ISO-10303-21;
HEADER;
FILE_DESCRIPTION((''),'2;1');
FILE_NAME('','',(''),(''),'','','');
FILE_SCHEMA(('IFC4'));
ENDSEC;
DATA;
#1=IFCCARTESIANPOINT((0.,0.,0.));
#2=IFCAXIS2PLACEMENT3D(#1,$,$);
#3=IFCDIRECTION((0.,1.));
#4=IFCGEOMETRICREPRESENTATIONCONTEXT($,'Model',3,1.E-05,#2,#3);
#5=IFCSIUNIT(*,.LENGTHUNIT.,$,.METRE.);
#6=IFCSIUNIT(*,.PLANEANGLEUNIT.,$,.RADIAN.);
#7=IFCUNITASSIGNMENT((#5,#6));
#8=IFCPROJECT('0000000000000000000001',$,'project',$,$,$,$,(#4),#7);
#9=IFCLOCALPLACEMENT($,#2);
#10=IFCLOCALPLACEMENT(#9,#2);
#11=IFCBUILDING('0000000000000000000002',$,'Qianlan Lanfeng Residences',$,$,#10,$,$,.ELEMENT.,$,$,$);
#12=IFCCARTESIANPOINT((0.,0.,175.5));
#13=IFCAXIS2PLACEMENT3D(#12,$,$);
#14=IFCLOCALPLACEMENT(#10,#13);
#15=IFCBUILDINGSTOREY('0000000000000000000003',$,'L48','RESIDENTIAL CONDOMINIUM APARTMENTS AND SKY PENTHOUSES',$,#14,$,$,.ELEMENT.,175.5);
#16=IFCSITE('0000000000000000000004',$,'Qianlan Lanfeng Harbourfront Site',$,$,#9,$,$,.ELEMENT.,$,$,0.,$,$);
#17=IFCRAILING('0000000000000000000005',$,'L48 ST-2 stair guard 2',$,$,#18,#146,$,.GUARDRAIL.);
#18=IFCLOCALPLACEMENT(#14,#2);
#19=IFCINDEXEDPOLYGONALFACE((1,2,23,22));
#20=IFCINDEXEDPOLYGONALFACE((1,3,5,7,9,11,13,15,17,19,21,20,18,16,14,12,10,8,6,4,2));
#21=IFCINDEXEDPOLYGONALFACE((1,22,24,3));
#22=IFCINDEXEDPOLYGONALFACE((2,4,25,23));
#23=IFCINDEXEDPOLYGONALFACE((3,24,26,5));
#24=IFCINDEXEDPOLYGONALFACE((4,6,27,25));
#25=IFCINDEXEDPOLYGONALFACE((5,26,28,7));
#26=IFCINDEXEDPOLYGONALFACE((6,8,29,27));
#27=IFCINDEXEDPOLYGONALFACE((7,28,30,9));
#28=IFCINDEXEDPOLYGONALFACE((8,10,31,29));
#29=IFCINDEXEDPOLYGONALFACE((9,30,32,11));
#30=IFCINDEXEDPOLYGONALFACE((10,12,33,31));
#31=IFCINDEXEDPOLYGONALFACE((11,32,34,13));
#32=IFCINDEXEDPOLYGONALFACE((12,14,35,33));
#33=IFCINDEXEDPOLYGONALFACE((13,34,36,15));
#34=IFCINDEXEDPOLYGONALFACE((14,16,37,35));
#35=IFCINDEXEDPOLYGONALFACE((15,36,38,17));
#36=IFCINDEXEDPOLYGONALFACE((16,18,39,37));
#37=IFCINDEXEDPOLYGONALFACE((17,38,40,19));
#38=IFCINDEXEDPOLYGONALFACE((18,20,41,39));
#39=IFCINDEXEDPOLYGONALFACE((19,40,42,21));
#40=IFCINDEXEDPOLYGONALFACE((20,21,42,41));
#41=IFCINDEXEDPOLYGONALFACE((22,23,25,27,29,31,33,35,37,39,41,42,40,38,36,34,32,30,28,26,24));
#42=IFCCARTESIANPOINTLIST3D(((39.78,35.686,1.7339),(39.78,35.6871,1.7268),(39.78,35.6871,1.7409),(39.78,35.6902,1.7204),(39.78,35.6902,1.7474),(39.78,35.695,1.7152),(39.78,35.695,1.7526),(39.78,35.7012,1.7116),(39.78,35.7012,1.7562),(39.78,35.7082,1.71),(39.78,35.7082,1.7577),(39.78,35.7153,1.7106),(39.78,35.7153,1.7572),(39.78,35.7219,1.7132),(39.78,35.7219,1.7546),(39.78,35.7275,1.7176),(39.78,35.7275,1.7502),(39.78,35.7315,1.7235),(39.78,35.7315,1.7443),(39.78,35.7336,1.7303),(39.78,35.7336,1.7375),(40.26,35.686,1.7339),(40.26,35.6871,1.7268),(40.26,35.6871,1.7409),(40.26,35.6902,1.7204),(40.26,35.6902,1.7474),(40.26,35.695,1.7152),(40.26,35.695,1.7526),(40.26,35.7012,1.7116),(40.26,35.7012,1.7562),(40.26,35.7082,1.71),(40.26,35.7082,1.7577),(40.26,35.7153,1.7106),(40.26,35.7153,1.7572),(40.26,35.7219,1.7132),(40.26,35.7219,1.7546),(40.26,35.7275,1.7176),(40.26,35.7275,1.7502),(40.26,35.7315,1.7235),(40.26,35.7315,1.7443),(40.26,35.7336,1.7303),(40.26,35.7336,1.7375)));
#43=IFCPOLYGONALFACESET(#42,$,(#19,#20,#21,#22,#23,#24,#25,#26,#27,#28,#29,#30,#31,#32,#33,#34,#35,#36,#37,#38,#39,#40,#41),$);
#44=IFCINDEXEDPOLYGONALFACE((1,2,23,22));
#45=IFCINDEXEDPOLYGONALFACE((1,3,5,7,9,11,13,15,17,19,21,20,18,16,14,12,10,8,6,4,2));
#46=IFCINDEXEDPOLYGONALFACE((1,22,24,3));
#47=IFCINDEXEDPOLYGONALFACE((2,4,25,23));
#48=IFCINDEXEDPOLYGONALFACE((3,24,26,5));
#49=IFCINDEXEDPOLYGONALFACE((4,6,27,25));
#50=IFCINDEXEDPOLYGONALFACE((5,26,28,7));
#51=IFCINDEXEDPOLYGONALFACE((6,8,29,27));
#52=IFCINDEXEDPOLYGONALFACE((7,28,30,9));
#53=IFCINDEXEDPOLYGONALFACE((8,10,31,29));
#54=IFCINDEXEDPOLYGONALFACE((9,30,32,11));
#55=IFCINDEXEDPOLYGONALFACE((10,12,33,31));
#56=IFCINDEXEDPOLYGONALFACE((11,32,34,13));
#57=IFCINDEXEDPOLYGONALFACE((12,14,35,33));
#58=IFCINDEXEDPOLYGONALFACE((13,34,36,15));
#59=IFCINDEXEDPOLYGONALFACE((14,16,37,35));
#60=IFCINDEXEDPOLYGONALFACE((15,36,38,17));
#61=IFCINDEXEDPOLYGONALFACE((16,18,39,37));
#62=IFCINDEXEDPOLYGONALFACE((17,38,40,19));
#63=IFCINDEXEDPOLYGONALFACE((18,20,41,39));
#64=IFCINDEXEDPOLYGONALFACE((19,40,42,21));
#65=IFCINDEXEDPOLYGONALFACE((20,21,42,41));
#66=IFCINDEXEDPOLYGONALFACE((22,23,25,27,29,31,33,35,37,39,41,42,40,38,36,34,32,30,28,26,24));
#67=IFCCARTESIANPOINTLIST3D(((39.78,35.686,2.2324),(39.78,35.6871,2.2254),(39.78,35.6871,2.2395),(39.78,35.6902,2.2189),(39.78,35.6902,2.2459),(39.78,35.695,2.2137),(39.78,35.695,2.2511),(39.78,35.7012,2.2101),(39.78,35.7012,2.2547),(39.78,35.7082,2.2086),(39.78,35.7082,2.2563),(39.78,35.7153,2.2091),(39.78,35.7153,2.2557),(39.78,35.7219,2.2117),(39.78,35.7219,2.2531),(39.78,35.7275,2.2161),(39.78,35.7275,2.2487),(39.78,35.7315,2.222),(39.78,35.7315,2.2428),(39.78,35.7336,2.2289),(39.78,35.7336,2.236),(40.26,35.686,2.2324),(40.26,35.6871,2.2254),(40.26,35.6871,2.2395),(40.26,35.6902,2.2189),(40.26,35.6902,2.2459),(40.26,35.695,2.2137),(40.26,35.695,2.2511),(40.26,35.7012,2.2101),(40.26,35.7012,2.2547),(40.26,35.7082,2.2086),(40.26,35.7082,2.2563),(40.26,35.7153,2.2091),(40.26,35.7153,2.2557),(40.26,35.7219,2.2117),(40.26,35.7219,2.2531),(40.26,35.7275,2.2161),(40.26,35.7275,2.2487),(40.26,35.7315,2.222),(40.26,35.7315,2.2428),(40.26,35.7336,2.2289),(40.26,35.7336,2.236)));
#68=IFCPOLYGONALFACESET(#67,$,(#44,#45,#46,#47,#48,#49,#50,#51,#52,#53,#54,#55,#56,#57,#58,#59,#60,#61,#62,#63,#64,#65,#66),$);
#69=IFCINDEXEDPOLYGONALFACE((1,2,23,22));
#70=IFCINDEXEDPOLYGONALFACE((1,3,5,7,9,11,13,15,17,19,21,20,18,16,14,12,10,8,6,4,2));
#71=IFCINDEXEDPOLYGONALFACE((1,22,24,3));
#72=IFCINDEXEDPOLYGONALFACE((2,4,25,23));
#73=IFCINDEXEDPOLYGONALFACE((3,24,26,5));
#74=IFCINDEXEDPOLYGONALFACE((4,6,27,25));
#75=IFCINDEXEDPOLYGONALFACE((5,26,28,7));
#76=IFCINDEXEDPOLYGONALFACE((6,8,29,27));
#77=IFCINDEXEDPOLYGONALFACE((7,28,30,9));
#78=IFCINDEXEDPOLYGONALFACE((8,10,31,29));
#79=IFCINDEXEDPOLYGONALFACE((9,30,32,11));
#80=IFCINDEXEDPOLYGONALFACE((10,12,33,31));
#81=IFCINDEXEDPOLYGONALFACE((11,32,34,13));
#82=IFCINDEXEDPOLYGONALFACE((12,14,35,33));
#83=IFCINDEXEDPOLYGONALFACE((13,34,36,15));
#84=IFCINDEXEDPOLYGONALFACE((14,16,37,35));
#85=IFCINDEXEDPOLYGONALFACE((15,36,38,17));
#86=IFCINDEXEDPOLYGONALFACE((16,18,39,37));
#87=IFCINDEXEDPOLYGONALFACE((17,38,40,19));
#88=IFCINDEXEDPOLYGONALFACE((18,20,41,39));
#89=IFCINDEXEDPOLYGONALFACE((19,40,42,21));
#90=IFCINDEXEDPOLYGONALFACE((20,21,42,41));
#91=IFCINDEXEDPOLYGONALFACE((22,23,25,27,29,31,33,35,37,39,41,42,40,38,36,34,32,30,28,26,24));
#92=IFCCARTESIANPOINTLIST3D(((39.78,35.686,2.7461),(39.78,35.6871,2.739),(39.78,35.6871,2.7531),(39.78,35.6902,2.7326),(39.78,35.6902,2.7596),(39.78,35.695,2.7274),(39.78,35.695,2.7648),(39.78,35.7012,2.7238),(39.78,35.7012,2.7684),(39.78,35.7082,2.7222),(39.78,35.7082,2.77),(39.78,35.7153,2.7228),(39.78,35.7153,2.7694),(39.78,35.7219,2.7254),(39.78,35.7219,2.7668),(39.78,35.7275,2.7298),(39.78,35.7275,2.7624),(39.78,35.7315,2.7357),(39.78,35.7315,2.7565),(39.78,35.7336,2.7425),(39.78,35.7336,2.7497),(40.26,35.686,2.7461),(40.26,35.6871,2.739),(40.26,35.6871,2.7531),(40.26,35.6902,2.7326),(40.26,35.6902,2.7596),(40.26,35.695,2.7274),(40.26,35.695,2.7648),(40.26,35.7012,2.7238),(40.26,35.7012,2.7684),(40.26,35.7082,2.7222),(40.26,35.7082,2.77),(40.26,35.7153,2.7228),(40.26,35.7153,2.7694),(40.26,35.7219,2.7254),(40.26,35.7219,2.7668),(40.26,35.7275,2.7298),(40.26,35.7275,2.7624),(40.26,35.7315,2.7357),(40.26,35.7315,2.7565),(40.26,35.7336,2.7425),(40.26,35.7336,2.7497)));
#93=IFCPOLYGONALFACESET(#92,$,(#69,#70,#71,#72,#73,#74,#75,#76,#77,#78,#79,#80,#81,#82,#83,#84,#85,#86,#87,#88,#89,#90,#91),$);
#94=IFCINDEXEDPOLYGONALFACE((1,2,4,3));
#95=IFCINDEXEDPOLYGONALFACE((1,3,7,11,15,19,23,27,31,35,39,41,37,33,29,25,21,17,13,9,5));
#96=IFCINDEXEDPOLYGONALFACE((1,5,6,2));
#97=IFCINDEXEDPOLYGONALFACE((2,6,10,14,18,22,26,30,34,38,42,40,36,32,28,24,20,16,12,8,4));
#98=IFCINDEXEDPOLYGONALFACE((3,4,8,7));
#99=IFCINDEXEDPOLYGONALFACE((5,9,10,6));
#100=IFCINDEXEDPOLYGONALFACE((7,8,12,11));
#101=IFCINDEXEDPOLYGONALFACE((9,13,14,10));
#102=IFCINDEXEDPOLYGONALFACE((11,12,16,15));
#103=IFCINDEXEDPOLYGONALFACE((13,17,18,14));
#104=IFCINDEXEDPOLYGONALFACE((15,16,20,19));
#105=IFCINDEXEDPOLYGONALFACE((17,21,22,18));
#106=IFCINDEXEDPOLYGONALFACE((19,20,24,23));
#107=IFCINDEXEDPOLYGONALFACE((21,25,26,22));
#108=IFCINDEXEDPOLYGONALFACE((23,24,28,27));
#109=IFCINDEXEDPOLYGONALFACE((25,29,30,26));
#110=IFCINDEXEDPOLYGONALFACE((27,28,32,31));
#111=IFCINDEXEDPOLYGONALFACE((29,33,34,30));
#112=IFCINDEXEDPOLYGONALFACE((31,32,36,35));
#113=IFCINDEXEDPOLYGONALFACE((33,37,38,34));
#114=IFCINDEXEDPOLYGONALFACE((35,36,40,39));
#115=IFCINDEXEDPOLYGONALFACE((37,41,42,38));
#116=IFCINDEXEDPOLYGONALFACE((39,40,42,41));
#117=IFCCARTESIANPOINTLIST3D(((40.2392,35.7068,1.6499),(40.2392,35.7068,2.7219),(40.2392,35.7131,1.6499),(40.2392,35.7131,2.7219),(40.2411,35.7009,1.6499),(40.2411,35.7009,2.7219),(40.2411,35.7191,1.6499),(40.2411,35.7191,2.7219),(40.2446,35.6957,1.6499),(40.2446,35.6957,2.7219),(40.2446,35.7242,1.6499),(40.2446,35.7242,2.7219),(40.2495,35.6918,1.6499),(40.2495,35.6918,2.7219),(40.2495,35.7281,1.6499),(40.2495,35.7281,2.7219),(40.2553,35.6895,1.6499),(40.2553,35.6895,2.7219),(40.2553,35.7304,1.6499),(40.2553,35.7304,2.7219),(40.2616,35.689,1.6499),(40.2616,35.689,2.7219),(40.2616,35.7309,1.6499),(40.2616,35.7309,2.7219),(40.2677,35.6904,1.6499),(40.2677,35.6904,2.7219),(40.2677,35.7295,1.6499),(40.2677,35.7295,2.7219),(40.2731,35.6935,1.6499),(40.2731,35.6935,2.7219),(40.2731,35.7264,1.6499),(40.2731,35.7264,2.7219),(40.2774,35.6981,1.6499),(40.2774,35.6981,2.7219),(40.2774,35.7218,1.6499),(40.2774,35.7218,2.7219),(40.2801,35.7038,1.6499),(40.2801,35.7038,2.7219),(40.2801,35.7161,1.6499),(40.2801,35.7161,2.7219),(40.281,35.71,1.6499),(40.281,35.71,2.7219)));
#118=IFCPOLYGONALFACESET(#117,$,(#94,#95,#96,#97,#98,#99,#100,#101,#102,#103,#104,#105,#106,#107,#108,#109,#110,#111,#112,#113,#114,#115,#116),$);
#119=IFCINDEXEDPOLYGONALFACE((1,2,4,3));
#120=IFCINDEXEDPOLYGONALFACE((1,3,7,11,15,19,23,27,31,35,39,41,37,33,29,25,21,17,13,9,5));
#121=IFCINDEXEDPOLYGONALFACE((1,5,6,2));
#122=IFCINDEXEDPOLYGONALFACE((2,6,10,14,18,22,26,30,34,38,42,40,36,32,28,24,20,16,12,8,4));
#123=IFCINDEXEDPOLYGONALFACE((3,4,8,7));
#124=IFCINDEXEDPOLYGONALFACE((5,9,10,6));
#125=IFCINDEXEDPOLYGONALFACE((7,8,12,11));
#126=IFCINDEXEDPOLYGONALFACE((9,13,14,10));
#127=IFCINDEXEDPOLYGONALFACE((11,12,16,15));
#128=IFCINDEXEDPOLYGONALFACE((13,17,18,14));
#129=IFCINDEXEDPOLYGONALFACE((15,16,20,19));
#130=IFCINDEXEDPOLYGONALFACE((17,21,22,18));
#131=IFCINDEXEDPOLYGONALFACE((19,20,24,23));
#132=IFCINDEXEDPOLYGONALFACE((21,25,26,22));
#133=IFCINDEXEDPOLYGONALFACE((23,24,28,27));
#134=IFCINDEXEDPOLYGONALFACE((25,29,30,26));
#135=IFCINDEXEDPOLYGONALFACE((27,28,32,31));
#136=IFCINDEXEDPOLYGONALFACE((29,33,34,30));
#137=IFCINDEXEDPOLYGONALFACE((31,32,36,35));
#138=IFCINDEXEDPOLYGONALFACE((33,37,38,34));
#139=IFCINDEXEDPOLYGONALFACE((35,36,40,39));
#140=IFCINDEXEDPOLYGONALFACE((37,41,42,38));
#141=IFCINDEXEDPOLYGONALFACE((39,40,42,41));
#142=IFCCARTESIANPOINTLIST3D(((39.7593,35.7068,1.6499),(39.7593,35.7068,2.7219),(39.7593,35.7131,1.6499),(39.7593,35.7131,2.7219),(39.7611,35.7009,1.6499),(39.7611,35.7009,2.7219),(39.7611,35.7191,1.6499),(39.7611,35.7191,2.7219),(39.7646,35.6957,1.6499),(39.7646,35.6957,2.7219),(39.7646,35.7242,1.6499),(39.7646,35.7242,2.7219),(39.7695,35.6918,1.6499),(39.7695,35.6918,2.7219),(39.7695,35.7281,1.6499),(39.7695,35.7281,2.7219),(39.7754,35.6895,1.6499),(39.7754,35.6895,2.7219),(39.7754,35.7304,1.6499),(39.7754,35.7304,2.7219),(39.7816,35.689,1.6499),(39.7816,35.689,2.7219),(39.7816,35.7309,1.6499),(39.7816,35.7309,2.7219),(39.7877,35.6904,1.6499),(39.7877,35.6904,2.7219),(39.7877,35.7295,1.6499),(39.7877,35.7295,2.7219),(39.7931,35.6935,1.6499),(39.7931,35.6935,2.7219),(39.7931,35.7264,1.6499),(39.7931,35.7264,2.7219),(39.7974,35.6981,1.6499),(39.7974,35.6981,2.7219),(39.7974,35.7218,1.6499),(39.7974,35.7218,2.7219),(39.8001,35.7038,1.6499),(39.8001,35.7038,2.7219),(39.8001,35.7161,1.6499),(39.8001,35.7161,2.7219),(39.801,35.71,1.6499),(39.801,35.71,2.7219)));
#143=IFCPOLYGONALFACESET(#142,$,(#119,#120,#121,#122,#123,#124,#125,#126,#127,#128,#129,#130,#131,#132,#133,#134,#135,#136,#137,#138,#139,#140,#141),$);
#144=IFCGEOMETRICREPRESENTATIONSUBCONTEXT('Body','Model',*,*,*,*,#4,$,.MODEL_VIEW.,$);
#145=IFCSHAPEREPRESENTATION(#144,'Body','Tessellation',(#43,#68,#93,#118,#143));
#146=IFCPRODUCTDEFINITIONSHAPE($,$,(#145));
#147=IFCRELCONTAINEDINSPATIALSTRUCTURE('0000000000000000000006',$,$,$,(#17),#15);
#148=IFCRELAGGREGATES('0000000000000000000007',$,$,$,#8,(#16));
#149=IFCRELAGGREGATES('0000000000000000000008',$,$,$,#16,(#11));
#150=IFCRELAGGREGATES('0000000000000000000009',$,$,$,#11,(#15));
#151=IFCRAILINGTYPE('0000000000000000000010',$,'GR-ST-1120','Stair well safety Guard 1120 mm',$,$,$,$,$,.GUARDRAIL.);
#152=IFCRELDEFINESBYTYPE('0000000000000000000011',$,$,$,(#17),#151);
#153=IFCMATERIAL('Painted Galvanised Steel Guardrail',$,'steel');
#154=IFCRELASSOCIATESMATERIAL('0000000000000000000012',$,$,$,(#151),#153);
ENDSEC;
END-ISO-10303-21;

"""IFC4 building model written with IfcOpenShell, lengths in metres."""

from ifc_helpers import new_model, si_unit, direction, frame, origin, origin_2d, place, context, subcontext, project, spatial, circle, extrude, material, type_object, element, save


model = new_model("IFC4")

# Units and contexts
model_context = context("Model", 3, precision=1e-05, world=origin(), true_north=direction((0.0, 1.0)))
body_context = subcontext(model_context, "Body", "Model", "MODEL_VIEW")
ifc_project = project(units=[si_unit("LENGTHUNIT", "METRE"), si_unit("PLANEANGLEUNIT", "RADIAN")], contexts=[model_context])

# Site, building, storey
site_placement = place(None, origin())
site = spatial("IfcSite", under=ifc_project, at=site_placement, Name="Qianlan Lanfeng Harbourfront Site", CompositionType="ELEMENT", RefElevation=0.0)
building_placement = place(site_placement, origin())
building = spatial("IfcBuilding", under=site, at=building_placement, Name="Qianlan Lanfeng Residences", CompositionType="ELEMENT")
storey_placement = place(building_placement, frame((0.0, 0.0, 175.5)))
storey = spatial("IfcBuildingStorey", under=building, at=storey_placement, Name="L48", Description="RESIDENTIAL CONDOMINIUM APARTMENTS AND SKY PENTHOUSES", CompositionType="ELEMENT", Elevation=175.5)

# Railing
ifc_material_1 = material(Name="Painted Galvanised Steel Guardrail", Category="steel")
railing_type_1 = type_object("IfcRailingType", Name="GR-ST-1120", Description="Stair well safety Guard 1120 mm", PredefinedType="GUARDRAIL", material=ifc_material_1)
railing_1_placement = place(storey_placement, frame((40.26, 35.71, 1.6499)))
element("IfcRailing", 1, at=railing_1_placement, inside=storey, type_object=railing_type_1, Name="L48 ST-2 stair guard 2", PredefinedType="GUARDRAIL", context=body_context, shape_type="SweptSolid", body=[
    extrude(circle(Radius=0.0239, at=origin_2d()), frame((0.0, 0.0, 0.084), z_axis=(-1.0, 0.0, 0.0), x_axis=(0.0, -1.0, 0.0)), (0.0, 0.0, 1.0), 0.48),
    extrude(circle(Radius=0.0239, at=origin_2d()), frame((0.0, 0.0, 0.5825), z_axis=(-1.0, 0.0, 0.0), x_axis=(0.0, -1.0, 0.0)), (0.0, 0.0, 1.0), 0.48),
    extrude(circle(Radius=0.0239, at=origin_2d()), frame((0.0, 0.0, 1.0962), z_axis=(-1.0, 0.0, 0.0), x_axis=(0.0, -1.0, 0.0)), (0.0, 0.0, 1.0), 0.48),
    extrude(circle(Radius=0.021, at=origin_2d()), origin(), (0.0, 0.0, 1.0), 1.072),
    extrude(circle(Radius=0.021, at=origin_2d()), frame((-0.48, 0.0, 0.0)), (0.0, 0.0, 1.0), 1.072),
])

save(model, "model.ifc")
